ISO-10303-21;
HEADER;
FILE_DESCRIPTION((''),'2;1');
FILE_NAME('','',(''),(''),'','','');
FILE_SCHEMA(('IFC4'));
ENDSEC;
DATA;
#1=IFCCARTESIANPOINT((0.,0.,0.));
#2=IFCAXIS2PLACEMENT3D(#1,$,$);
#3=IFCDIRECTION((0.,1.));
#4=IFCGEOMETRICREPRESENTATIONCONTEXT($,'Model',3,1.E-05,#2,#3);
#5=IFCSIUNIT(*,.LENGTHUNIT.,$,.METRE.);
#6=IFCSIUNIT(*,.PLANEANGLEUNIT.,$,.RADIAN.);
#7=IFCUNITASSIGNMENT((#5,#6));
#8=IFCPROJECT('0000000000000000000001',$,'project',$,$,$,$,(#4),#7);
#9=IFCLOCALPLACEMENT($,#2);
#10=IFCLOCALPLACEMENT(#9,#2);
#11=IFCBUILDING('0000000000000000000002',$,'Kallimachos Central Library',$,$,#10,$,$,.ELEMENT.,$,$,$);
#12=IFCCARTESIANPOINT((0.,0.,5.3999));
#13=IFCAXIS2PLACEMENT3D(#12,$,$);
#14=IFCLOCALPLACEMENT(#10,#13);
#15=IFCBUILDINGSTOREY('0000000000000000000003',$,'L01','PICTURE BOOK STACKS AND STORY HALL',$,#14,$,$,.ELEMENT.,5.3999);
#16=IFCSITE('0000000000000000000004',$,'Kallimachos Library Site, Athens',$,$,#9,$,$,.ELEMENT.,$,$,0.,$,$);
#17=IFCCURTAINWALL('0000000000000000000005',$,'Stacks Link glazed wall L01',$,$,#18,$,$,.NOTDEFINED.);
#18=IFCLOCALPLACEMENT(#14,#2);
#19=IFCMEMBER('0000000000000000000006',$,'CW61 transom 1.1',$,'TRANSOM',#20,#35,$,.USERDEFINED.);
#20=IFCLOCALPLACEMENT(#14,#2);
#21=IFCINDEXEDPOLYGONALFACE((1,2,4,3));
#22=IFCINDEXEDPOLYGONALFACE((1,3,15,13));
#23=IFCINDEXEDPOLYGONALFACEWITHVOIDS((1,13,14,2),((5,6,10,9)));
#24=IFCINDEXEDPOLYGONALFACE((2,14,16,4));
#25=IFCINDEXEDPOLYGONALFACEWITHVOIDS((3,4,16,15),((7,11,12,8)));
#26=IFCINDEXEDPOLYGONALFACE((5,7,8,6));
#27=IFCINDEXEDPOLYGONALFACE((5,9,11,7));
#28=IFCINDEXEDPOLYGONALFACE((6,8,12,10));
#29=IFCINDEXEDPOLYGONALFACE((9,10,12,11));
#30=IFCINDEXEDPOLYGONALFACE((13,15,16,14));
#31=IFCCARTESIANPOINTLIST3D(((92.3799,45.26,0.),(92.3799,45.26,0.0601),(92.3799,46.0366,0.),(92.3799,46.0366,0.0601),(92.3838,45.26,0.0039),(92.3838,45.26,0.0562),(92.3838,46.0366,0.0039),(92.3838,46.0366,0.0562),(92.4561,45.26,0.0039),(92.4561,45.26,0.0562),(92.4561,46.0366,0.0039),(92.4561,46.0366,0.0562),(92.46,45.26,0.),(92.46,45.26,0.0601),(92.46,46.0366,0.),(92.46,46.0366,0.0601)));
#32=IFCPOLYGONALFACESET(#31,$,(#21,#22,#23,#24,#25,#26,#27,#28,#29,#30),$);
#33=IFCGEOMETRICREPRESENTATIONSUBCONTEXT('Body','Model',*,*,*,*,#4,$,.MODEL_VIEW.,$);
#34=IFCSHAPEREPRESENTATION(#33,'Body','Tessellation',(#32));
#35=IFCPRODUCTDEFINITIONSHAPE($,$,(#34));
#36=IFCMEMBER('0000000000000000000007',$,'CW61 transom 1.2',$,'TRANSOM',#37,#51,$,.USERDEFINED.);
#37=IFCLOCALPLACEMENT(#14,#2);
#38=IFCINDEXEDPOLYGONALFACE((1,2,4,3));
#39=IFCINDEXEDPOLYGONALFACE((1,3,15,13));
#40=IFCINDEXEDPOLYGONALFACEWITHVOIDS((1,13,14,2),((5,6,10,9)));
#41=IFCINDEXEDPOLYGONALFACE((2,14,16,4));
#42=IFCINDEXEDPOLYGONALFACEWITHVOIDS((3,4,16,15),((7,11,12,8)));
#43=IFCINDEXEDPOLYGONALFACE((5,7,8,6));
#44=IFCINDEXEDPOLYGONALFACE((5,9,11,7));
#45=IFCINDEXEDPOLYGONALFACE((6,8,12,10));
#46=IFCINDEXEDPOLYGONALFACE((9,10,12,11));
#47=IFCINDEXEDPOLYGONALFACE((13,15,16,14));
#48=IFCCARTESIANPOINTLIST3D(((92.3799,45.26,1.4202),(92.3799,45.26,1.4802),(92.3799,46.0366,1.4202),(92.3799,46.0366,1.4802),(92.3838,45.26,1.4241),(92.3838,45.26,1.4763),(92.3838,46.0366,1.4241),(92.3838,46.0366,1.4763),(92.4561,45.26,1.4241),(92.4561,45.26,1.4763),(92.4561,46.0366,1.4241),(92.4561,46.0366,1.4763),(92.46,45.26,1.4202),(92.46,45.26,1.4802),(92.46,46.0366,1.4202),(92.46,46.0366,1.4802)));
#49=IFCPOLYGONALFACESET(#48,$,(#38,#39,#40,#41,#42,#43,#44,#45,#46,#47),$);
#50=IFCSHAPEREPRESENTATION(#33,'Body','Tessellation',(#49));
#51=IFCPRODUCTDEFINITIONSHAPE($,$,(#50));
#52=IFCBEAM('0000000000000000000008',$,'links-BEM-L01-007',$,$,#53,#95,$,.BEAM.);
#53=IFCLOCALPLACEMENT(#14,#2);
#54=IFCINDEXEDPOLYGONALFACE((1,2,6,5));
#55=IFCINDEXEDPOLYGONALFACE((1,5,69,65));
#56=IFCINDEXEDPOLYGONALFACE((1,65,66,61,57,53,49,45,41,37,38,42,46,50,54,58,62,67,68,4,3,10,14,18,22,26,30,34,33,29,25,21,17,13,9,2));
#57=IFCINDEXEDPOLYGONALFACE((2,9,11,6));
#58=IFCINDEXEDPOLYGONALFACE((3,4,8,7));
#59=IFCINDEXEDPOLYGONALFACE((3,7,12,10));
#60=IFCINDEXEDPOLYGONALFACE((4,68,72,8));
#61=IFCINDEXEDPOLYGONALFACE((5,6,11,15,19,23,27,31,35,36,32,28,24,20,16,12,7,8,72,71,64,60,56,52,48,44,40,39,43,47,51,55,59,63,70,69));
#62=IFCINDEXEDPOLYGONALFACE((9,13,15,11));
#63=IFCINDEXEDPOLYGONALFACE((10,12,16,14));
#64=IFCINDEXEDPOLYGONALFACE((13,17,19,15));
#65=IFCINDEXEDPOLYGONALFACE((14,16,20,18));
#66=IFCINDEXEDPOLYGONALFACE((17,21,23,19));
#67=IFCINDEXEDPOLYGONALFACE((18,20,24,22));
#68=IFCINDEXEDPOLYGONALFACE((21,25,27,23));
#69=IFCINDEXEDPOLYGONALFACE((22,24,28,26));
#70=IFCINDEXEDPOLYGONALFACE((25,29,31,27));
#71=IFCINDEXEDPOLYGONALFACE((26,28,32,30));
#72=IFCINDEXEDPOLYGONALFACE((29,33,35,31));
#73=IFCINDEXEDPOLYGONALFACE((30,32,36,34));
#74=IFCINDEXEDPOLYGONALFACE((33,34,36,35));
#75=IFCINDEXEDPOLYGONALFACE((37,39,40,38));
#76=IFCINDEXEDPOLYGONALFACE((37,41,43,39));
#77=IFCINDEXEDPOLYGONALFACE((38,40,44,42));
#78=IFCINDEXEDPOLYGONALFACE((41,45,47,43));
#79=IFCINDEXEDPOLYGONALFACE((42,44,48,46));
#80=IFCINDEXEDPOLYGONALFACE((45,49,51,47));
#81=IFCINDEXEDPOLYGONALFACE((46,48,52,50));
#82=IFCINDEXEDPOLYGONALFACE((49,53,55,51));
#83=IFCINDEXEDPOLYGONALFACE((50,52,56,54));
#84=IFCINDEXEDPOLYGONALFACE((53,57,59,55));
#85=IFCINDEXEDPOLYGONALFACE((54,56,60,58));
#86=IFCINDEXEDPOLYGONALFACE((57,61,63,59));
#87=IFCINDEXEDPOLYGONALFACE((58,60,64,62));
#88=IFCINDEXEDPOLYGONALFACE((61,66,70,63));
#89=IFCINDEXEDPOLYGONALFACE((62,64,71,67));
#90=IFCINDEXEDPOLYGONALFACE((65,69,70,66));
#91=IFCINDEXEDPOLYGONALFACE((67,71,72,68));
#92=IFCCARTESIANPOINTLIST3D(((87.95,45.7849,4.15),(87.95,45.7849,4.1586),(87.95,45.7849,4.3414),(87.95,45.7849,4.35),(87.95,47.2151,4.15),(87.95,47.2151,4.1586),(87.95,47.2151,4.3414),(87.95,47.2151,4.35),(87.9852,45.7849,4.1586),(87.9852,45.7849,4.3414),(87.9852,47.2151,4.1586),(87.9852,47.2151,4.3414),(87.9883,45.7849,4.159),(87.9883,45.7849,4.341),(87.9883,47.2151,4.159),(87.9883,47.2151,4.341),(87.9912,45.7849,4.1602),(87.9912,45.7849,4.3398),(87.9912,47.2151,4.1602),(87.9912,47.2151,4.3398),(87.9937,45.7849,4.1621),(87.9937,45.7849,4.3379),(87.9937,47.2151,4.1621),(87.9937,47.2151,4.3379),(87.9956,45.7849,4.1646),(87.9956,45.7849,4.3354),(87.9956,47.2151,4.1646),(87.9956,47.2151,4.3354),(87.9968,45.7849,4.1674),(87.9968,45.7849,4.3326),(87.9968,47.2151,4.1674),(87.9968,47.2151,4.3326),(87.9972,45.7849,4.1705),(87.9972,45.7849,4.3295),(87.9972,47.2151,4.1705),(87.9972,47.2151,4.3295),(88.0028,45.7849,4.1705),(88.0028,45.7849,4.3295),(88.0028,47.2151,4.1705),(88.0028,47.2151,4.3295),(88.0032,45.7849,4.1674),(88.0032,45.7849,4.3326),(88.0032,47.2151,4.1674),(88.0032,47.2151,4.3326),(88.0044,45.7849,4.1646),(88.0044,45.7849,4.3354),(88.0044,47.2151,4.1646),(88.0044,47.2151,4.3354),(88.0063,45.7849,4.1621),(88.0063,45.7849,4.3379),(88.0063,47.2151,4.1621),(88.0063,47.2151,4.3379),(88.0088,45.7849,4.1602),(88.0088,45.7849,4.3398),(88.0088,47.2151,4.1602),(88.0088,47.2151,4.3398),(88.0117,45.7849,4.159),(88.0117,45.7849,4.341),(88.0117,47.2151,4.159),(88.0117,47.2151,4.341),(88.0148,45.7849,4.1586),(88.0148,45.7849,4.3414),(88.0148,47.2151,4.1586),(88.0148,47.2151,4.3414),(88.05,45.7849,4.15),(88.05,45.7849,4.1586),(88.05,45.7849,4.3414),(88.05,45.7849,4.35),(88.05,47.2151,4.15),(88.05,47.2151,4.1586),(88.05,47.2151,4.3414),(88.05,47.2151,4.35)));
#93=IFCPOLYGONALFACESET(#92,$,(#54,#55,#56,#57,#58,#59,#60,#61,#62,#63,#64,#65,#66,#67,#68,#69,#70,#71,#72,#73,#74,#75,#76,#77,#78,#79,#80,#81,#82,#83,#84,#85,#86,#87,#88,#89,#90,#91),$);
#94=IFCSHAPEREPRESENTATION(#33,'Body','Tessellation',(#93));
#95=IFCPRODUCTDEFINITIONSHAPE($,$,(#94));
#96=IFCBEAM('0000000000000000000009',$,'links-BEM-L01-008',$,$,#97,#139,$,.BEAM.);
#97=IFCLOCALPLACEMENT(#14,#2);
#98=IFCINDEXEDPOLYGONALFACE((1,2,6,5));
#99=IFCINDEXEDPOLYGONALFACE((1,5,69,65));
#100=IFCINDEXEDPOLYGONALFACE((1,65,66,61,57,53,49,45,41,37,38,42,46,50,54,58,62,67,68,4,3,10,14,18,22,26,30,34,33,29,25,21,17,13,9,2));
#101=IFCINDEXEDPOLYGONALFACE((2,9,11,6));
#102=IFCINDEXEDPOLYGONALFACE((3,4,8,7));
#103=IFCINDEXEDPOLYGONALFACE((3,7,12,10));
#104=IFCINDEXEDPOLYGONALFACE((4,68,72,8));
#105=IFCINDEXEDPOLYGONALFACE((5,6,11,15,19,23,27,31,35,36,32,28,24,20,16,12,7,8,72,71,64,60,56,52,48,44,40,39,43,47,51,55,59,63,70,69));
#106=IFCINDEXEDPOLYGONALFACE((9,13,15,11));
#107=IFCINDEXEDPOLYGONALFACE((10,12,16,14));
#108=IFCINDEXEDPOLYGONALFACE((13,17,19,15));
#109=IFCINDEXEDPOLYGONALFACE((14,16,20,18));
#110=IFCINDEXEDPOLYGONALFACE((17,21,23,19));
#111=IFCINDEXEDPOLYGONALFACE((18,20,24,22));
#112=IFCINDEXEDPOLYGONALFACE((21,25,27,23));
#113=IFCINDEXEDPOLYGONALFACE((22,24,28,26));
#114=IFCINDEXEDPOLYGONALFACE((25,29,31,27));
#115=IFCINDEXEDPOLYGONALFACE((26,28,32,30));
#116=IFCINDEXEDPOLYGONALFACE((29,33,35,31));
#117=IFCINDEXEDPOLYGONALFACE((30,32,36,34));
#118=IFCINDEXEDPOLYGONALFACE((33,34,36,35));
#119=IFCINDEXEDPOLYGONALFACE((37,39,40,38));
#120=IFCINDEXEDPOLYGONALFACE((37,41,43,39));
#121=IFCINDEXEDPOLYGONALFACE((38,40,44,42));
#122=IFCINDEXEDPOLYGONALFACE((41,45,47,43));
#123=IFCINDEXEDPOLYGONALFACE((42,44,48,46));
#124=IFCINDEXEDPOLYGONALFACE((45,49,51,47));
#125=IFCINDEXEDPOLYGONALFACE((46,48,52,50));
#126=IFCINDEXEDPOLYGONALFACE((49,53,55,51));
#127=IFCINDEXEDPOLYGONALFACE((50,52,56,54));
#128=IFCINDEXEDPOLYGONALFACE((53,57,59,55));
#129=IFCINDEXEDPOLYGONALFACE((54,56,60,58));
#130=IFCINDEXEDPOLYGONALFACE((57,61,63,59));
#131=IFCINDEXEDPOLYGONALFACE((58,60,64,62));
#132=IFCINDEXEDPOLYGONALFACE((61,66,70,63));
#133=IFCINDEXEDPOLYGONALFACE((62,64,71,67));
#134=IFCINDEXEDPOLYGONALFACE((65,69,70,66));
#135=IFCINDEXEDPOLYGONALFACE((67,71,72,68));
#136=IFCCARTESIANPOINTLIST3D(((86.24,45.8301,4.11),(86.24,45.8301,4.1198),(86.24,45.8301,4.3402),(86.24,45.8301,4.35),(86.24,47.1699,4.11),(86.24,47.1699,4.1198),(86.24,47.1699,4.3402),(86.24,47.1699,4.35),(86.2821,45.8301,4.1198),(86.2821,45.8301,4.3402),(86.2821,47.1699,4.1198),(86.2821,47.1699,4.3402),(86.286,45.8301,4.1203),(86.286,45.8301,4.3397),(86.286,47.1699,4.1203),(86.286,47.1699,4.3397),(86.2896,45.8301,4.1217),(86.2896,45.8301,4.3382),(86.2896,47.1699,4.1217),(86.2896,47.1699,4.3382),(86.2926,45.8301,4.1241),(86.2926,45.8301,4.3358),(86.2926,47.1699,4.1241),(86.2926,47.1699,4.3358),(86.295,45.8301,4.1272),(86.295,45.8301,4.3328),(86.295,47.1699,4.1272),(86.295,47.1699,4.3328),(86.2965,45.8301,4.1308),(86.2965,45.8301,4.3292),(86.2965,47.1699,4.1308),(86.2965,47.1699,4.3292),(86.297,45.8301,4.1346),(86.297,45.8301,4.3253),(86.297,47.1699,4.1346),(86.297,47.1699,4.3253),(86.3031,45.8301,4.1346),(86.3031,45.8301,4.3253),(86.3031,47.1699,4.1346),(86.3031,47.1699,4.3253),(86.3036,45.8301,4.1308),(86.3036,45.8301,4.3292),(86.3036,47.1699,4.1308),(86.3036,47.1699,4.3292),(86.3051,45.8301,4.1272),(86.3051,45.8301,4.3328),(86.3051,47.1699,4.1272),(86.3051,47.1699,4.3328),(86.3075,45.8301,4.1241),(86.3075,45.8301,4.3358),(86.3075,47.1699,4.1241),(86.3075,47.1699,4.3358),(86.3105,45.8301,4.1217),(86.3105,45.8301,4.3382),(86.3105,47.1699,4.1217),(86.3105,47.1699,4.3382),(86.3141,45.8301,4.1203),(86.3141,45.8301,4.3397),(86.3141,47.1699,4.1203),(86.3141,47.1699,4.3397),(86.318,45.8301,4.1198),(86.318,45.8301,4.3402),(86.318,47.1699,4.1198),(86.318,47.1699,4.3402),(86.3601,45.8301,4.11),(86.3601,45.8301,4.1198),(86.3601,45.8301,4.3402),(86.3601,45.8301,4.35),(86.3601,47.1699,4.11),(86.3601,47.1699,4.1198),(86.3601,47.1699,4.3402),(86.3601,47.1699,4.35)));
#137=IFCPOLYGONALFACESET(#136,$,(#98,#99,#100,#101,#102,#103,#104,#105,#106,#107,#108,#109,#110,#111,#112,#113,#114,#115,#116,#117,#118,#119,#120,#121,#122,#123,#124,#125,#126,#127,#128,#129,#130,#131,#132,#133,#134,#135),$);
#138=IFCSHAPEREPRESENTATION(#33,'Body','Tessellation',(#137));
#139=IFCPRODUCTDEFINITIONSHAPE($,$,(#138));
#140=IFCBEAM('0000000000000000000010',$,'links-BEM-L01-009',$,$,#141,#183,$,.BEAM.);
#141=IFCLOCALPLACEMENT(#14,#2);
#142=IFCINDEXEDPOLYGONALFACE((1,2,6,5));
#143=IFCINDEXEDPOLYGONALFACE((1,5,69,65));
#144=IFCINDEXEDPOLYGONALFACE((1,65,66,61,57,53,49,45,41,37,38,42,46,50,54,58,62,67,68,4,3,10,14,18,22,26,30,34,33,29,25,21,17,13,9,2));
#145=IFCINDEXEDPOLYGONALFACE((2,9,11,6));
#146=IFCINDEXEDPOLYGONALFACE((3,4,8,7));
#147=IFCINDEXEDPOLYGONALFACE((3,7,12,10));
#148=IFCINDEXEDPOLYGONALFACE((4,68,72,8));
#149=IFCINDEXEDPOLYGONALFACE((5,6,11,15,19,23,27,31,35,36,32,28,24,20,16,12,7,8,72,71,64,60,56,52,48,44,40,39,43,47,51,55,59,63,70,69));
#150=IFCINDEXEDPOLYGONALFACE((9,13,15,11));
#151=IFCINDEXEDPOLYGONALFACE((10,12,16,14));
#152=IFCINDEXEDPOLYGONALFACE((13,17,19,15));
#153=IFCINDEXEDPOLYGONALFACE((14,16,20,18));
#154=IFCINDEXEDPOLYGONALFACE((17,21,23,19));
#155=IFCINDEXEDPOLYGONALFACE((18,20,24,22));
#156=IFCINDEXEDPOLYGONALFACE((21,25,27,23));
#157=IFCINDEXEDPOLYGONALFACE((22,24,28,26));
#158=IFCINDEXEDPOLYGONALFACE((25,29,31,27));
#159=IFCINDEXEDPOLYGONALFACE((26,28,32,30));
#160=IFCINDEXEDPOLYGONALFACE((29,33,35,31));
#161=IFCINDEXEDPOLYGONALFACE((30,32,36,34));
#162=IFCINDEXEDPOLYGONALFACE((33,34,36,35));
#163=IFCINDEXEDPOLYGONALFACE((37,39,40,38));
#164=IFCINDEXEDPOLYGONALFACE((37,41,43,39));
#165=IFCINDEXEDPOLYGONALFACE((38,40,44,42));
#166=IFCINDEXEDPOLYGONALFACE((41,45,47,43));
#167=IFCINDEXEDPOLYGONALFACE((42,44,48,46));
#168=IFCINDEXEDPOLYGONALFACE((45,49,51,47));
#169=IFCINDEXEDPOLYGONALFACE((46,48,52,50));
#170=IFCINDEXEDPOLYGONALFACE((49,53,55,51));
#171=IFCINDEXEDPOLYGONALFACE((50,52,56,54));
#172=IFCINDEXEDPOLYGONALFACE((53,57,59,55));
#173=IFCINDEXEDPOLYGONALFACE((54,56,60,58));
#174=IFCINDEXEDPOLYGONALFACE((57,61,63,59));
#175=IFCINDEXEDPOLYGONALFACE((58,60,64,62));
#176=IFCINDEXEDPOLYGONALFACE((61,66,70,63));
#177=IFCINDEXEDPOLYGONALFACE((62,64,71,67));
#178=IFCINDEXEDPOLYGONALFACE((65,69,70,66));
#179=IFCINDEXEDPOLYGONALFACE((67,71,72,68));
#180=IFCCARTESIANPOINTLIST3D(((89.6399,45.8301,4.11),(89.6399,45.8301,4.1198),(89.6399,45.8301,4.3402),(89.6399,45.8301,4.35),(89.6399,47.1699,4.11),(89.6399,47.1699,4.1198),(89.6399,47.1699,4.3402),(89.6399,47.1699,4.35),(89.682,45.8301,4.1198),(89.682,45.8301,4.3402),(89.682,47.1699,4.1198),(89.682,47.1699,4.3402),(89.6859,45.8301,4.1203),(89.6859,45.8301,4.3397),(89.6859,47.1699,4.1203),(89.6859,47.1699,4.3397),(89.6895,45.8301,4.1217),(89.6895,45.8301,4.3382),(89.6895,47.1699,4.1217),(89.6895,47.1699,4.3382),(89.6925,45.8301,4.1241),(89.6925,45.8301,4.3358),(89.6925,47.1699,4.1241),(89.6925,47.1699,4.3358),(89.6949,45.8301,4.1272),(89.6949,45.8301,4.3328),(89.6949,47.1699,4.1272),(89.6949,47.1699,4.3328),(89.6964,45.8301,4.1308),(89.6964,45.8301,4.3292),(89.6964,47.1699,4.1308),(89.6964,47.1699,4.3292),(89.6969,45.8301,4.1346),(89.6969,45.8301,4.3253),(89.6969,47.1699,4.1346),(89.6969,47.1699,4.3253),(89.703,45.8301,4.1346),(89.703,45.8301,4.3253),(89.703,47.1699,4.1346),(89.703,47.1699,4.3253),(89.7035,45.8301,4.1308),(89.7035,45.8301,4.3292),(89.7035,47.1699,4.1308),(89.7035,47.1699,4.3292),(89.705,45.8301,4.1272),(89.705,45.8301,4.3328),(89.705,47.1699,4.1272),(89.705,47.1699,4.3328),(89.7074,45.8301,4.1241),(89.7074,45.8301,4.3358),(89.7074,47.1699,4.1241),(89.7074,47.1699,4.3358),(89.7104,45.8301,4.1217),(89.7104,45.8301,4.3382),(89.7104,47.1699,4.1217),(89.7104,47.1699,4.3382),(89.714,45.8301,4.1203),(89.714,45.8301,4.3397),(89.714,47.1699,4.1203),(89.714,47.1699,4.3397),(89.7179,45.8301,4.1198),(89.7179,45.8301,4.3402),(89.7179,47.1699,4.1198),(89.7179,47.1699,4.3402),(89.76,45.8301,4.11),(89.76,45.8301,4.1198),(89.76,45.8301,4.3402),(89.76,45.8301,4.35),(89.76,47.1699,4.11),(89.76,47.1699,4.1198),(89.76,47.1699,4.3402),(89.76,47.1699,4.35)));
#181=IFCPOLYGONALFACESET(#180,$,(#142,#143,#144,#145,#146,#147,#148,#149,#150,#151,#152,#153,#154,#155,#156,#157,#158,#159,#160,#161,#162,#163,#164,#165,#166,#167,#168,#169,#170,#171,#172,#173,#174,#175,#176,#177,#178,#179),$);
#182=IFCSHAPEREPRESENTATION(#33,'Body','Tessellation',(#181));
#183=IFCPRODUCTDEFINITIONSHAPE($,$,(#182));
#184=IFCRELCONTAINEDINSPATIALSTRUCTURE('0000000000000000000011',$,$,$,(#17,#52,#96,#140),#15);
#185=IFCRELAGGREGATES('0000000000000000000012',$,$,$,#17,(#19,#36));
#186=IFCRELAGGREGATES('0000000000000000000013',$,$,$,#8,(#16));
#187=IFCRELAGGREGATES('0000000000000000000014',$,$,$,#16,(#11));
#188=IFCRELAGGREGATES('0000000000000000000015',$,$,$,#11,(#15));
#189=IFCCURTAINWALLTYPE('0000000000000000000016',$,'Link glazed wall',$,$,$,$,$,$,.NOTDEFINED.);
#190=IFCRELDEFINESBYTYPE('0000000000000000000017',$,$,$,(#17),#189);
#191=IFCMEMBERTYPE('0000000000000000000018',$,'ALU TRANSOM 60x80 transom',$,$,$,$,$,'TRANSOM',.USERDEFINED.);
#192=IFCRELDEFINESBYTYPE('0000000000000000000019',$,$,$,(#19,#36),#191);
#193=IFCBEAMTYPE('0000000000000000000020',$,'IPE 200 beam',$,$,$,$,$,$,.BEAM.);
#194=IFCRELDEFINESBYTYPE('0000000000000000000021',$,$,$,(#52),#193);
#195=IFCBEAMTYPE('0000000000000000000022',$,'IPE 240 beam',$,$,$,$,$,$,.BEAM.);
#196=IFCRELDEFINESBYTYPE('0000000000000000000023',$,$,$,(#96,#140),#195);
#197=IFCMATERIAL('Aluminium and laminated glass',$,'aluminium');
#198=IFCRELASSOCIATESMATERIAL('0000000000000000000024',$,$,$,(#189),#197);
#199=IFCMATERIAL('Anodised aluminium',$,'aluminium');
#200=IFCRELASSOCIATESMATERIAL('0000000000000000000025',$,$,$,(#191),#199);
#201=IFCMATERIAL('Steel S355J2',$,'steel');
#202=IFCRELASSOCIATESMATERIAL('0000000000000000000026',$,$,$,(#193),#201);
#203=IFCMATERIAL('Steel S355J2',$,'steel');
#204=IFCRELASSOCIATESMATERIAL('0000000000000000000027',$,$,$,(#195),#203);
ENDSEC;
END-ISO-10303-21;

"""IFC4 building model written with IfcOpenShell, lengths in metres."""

from ifc_helpers import new_model, si_unit, direction, frame, origin, origin_2d, place, context, subcontext, project, spatial, hollow_rectangle, i_section, extrude, material, material_profile, profile_set, type_object, element, aggregate, save


model = new_model("IFC4")

# Units and contexts
model_context = context("Model", 3, precision=1e-05, world=origin(), true_north=direction((0.0, 1.0)))
body_context = subcontext(model_context, "Body", "Model", "MODEL_VIEW")
ifc_project = project(units=[si_unit("LENGTHUNIT", "METRE"), si_unit("PLANEANGLEUNIT", "RADIAN")], contexts=[model_context])

# Site, building, storey
site_placement = place(None, origin())
site = spatial("IfcSite", under=ifc_project, at=site_placement, Name="Kallimachos Library Site, Athens", CompositionType="ELEMENT", RefElevation=0.0)
building_placement = place(site_placement, origin())
building = spatial("IfcBuilding", under=site, at=building_placement, Name="Kallimachos Central Library", CompositionType="ELEMENT")
storey_placement = place(building_placement, frame((0.0, 0.0, 5.3999)))
storey = spatial("IfcBuildingStorey", under=building, at=storey_placement, Name="L01", Description="PICTURE BOOK STACKS AND STORY HALL", CompositionType="ELEMENT", Elevation=5.3999)

# Curtain wall, members
ifc_material_1 = material(Name="Aluminium and laminated glass", Category="aluminium")
curtain_wall_type = type_object("IfcCurtainWallType", Name="Link glazed wall", PredefinedType="NOTDEFINED", material=ifc_material_1)
curtain_wall_placement = place(storey_placement, origin())
curtain_wall = element("IfcCurtainWall", 1, at=curtain_wall_placement, inside=storey, type_object=curtain_wall_type, Name="Stacks Link glazed wall L01", PredefinedType="NOTDEFINED")
ifc_material_2 = material(Name="Anodised aluminium", Category="aluminium")
ifc_material_profile_1 = material_profile(ifc_material_2, hollow_rectangle(XDim=0.0601, YDim=0.0801, WallThickness=0.0039, at=origin_2d()), Name="ALU TRANSOM 60x80")
ifc_profile_set_1 = profile_set([ifc_material_profile_1], Name="Anodised aluminium")
member_type_1 = type_object("IfcMemberType", Name="ALU TRANSOM 60x80 transom", ElementType="TRANSOM", PredefinedType="USERDEFINED", material=ifc_profile_set_1)
member_1_placement = place(storey_placement, frame((92.4199, 45.26, 0.03), z_axis=(0.0, 1.0, 0.0), x_axis=(0.0, 0.0, 1.0)))
member_1 = element("IfcMember", 2, at=member_1_placement, type_object=member_type_1, Name="CW61 transom 1.1", ObjectType="TRANSOM", PredefinedType="USERDEFINED", context=body_context, shape_type="SweptSolid", body=[
    extrude(hollow_rectangle(XDim=0.0601, YDim=0.0801, WallThickness=0.0039, at=origin_2d()), origin(), (0.0, 0.0, 1.0), 0.7766),
])
member_2_placement = place(storey_placement, frame((92.4199, 45.26, 1.4502), z_axis=(0.0, 1.0, 0.0), x_axis=(0.0, 0.0, 1.0)))
member_2 = element("IfcMember", 3, at=member_2_placement, type_object=member_type_1, Name="CW61 transom 1.2", ObjectType="TRANSOM", PredefinedType="USERDEFINED", context=body_context, shape_type="SweptSolid", body=[
    extrude(hollow_rectangle(XDim=0.0601, YDim=0.0801, WallThickness=0.0039, at=origin_2d()), origin(), (0.0, 0.0, 1.0), 0.7766),
])
aggregate(curtain_wall, [member_1, member_2])

# Beams
ifc_material_3 = material(Name="Steel S355J2", Category="steel")
ifc_material_profile_2 = material_profile(ifc_material_3, i_section(OverallWidth=0.1001, OverallDepth=0.2, WebThickness=0.0056, FlangeThickness=0.0085, FilletRadius=0.012, at=origin_2d()), Name="IPE 200")
ifc_profile_set_2 = profile_set([ifc_material_profile_2], Name="Steel S355J2")
beam_type_1 = type_object("IfcBeamType", Name="IPE 200 beam", PredefinedType="BEAM", material=ifc_profile_set_2)
beam_1_placement = place(storey_placement, frame((88.0, 45.7849, 4.25), z_axis=(0.0, 1.0, 0.0), x_axis=(-1.0, 0.0, 0.0)))
element("IfcBeam", 4, at=beam_1_placement, inside=storey, type_object=beam_type_1, Name="links-BEM-L01-007", PredefinedType="BEAM", context=body_context, shape_type="SweptSolid", body=[
    extrude(i_section(OverallWidth=0.1001, OverallDepth=0.2, WebThickness=0.0056, FlangeThickness=0.0085, FilletRadius=0.012, at=origin_2d()), origin(), (0.0, 0.0, 1.0), 1.4302),
])
ifc_material_4 = material(Name="Steel S355J2", Category="steel")
ifc_material_profile_3 = material_profile(ifc_material_4, i_section(OverallWidth=0.1201, OverallDepth=0.24, WebThickness=0.0061, FlangeThickness=0.0098, FilletRadius=0.0149, at=origin_2d()), Name="IPE 240")
ifc_profile_set_3 = profile_set([ifc_material_profile_3], Name="Steel S355J2")
beam_type_2 = type_object("IfcBeamType", Name="IPE 240 beam", PredefinedType="BEAM", material=ifc_profile_set_3)
for number, where, z_axis, x_axis, name in (
    (5, (86.3, 45.8301, 4.23), (0.0, 1.0, 0.0), (-1.0, 0.0, 0.0), "links-BEM-L01-008"),
    (6, (89.7, 45.8301, 4.23), (0.0, 1.0, 0.0), (-1.0, 0.0, 0.0), "links-BEM-L01-009"),
):
    element("IfcBeam", number, at=place(storey_placement, frame(where, z_axis=z_axis, x_axis=x_axis)), inside=storey, type_object=beam_type_2, Name=name, PredefinedType="BEAM", context=body_context, shape_type="SweptSolid", body=[
        extrude(i_section(OverallWidth=0.1201, OverallDepth=0.24, WebThickness=0.0061, FlangeThickness=0.0098, FilletRadius=0.0149, at=origin_2d()), origin(), (0.0, 0.0, 1.0), 1.3398),
    ])

save(model, "model.ifc")
